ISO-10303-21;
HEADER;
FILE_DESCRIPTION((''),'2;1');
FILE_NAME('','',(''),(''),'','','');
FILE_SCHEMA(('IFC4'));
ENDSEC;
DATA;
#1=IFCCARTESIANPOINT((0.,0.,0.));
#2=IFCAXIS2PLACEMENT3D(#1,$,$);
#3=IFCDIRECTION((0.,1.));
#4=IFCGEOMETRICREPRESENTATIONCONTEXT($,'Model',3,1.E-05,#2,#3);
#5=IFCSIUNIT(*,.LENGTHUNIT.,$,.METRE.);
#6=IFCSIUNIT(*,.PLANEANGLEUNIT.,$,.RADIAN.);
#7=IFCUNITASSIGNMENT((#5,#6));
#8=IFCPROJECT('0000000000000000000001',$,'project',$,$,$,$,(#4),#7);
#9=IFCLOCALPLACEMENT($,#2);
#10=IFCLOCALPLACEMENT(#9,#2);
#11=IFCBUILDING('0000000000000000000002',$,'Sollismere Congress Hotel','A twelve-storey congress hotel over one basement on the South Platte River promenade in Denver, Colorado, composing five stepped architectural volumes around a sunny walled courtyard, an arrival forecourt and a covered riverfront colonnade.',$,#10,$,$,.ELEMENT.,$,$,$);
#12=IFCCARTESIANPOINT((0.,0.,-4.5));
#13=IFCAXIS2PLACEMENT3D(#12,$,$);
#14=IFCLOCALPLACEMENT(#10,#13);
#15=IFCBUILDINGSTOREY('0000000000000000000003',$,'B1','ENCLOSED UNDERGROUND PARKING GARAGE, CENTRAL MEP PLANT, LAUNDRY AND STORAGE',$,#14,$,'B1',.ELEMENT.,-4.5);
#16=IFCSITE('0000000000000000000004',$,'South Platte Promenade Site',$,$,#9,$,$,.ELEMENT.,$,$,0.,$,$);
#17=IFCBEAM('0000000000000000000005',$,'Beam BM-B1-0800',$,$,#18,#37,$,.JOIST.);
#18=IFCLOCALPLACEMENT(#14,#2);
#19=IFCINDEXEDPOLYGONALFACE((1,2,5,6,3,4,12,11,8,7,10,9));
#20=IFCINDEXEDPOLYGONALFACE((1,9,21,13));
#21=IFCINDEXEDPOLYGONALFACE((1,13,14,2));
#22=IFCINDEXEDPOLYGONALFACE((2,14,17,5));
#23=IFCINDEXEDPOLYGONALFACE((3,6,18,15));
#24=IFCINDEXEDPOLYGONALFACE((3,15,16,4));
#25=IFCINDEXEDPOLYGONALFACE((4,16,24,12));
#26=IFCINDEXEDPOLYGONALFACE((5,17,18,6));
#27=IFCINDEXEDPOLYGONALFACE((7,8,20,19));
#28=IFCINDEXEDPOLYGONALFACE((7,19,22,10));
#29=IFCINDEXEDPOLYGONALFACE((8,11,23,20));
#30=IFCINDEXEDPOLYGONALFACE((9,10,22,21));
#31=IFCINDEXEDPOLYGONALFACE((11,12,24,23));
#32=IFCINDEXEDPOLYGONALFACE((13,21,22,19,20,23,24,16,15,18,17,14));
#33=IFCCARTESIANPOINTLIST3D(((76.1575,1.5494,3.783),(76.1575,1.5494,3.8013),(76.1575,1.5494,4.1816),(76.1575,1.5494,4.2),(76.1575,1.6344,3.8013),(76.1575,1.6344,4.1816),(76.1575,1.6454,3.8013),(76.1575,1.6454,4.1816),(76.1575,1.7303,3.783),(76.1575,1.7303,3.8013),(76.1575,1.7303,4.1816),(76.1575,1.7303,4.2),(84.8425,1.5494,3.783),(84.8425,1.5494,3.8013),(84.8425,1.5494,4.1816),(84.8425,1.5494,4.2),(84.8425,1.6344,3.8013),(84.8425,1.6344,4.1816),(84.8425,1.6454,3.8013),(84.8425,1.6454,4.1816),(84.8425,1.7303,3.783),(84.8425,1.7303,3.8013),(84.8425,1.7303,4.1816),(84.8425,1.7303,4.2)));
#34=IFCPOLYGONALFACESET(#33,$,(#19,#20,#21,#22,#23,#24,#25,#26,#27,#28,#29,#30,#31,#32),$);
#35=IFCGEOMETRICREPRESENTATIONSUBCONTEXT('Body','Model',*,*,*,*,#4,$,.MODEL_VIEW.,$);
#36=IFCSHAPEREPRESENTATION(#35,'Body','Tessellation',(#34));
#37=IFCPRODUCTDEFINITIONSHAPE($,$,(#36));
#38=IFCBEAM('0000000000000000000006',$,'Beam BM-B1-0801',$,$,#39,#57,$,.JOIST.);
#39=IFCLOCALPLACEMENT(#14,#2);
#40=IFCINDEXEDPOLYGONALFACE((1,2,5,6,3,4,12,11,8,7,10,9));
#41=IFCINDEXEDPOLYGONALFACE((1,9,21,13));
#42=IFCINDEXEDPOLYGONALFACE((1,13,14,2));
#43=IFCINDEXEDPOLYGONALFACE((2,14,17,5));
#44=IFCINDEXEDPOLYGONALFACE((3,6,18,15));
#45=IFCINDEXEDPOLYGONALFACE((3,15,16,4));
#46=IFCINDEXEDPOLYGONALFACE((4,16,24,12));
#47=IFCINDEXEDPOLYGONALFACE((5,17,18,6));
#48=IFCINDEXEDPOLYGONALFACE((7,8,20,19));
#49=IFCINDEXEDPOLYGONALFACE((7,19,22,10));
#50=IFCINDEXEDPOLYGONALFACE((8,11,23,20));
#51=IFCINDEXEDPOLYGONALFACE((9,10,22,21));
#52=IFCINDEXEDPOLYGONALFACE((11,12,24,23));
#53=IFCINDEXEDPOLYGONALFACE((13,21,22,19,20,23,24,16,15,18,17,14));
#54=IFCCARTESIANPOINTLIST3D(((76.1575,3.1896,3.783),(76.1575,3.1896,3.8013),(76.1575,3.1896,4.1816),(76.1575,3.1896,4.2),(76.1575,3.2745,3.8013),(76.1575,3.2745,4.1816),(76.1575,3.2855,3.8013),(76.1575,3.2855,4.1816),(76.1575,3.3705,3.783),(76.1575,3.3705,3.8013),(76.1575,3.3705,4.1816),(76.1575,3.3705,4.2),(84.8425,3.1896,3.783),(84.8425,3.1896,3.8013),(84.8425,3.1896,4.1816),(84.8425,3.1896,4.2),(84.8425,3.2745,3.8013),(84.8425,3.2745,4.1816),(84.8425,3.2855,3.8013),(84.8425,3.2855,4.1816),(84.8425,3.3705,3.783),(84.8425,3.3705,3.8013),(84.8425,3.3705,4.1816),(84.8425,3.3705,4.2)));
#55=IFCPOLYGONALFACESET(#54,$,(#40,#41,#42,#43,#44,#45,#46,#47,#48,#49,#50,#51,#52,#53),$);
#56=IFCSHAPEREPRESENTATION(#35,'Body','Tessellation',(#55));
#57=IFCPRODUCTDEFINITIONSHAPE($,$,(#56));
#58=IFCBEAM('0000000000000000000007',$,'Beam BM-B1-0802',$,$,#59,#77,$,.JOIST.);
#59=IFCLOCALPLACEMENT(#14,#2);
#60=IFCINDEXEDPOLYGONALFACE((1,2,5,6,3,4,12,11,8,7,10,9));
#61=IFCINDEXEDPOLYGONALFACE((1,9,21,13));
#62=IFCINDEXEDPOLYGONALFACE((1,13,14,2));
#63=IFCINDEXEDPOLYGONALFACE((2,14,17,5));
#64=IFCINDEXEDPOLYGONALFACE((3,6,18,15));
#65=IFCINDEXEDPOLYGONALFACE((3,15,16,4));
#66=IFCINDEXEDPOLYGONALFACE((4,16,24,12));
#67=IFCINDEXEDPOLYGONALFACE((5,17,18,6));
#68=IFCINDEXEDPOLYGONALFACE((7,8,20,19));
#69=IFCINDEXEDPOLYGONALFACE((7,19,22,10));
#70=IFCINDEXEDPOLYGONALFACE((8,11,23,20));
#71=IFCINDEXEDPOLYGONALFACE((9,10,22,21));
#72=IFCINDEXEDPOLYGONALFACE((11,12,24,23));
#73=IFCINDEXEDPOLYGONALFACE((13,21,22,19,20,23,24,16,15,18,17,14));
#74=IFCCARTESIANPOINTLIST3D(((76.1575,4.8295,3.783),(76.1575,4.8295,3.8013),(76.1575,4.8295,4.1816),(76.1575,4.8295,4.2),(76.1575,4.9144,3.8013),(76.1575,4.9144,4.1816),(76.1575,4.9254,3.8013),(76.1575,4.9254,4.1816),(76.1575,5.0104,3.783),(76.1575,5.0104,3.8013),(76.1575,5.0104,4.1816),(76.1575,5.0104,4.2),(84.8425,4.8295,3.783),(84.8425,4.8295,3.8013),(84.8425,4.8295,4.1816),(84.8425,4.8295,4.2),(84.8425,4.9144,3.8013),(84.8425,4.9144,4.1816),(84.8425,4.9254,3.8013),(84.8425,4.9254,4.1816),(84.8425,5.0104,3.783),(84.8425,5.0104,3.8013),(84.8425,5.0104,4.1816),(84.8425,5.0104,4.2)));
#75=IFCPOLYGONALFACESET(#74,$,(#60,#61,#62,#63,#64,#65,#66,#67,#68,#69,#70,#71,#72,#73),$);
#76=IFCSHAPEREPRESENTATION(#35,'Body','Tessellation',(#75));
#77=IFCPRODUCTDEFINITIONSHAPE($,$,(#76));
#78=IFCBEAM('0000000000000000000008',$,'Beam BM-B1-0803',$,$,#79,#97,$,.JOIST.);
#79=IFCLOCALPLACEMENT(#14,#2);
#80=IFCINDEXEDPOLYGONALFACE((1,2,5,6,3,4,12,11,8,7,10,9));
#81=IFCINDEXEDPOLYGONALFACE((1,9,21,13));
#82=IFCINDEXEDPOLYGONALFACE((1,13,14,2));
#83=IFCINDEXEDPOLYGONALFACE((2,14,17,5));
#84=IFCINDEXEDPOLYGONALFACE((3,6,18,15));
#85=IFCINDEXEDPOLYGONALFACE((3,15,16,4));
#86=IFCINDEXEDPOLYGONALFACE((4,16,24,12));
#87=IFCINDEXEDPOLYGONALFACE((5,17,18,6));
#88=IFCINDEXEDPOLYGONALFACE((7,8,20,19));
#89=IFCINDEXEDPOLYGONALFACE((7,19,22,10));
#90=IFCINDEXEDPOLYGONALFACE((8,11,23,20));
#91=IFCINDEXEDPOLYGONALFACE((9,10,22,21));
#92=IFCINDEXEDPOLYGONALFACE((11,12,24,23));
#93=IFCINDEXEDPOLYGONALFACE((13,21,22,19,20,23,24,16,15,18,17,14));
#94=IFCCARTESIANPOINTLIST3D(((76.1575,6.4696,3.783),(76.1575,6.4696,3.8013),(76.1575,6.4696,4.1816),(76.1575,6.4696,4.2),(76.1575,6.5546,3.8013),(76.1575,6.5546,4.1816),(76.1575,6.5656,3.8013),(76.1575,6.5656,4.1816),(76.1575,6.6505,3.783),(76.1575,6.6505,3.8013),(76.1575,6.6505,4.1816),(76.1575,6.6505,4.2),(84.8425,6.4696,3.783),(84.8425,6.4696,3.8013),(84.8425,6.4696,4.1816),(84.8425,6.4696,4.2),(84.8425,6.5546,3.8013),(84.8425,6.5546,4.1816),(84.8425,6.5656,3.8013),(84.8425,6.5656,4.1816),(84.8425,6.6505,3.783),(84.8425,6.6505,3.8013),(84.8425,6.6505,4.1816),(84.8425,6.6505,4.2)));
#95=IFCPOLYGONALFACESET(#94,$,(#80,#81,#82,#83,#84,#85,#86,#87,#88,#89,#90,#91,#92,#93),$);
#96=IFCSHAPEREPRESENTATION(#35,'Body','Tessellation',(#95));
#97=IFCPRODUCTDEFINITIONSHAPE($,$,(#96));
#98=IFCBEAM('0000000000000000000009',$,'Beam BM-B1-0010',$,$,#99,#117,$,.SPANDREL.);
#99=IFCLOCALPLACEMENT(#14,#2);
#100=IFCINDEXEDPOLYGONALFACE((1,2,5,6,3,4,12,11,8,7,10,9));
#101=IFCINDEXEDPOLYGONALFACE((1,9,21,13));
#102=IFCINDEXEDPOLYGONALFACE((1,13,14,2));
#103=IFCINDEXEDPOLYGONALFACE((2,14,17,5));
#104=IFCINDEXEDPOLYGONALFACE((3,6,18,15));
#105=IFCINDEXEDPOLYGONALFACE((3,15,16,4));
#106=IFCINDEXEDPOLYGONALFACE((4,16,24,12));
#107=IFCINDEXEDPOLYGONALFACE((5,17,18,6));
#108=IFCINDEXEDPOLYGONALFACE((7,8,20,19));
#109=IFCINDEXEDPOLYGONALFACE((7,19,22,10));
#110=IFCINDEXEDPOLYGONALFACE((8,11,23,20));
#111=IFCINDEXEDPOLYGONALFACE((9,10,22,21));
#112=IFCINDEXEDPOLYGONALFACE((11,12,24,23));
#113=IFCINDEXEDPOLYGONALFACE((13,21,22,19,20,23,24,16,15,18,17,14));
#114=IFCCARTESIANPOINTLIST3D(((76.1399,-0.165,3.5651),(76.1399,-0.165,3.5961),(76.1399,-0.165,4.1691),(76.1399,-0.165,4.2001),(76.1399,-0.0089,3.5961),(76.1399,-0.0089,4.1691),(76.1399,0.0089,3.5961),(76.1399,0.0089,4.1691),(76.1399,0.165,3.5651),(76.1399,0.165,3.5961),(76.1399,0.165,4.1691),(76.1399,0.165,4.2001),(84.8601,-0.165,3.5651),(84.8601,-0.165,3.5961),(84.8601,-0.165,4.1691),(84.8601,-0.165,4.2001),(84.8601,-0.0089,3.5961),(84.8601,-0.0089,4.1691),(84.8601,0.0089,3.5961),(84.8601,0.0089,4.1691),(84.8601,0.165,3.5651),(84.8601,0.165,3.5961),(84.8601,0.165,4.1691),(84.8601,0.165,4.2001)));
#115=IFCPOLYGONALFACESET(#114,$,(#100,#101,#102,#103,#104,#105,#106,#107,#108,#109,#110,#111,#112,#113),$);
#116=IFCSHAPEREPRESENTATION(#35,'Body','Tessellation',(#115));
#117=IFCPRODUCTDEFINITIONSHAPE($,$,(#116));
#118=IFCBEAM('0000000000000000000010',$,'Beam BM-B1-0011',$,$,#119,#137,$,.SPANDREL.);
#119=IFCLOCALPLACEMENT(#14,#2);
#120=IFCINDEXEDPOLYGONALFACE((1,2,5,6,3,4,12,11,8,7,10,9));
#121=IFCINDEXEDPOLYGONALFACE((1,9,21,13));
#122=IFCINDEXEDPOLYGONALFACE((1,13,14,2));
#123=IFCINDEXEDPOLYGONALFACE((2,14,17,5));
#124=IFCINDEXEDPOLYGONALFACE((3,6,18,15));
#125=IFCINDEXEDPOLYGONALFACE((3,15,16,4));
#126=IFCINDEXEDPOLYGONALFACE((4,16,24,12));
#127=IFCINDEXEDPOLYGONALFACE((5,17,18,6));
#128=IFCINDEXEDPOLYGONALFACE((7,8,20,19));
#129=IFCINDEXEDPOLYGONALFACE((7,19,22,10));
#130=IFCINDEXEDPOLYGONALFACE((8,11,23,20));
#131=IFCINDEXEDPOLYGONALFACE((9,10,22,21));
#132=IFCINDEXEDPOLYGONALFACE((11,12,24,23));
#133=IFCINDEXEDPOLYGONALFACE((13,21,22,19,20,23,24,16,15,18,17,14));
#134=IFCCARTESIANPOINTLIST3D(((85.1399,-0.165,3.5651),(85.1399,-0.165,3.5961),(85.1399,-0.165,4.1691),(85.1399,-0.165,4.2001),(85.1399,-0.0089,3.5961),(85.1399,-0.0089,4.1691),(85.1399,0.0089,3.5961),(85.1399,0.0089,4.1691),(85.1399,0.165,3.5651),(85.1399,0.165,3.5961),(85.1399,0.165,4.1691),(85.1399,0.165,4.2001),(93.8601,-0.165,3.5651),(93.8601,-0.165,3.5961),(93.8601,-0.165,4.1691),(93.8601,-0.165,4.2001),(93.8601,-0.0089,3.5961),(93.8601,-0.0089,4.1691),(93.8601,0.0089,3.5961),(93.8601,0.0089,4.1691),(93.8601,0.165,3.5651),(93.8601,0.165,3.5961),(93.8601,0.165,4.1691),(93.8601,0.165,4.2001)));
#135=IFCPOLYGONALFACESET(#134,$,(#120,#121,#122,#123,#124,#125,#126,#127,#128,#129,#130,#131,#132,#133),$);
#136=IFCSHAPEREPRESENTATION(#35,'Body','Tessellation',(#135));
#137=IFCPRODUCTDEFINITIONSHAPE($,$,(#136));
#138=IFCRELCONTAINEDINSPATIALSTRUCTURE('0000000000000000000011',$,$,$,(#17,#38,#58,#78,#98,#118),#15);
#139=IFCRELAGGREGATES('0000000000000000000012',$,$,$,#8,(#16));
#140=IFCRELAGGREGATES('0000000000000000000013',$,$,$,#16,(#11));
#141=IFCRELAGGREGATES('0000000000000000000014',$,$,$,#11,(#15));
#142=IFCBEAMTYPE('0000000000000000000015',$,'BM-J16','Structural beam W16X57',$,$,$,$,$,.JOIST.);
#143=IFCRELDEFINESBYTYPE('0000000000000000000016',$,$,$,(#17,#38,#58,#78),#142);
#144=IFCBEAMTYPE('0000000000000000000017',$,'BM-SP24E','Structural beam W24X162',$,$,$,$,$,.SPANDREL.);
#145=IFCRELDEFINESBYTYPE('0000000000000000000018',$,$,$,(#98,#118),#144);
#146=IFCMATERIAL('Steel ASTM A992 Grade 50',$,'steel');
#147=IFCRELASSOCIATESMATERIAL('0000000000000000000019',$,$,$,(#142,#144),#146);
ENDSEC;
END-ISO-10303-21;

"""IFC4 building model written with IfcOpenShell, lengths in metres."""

from ifc_helpers import new_model, si_unit, direction, frame, origin, origin_2d, place, context, subcontext, project, spatial, i_section, extrude, material, material_profile, profile_set, type_object, element, save


model = new_model("IFC4")

# Units and contexts
model_context = context("Model", 3, precision=1e-05, world=origin(), true_north=direction((0.0, 1.0)))
body_context = subcontext(model_context, "Body", "Model", "MODEL_VIEW")
ifc_project = project(units=[si_unit("LENGTHUNIT", "METRE"), si_unit("PLANEANGLEUNIT", "RADIAN")], contexts=[model_context])

# Site, building, storey
site_placement = place(None, origin())
site = spatial("IfcSite", under=ifc_project, at=site_placement, Name="South Platte Promenade Site", CompositionType="ELEMENT", RefElevation=0.0)
building_placement = place(site_placement, origin())
building = spatial("IfcBuilding", under=site, at=building_placement, Name="Sollismere Congress Hotel", Description="A twelve-storey congress hotel over one basement on the South Platte River promenade in Denver, Colorado, composing five stepped architectural volumes around a sunny walled courtyard, an arrival forecourt and a covered riverfront colonnade.", CompositionType="ELEMENT")
storey_placement = place(building_placement, frame((0.0, 0.0, -4.5)))
storey = spatial("IfcBuildingStorey", under=building, at=storey_placement, Name="B1", Description="ENCLOSED UNDERGROUND PARKING GARAGE, CENTRAL MEP PLANT, LAUNDRY AND STORAGE", LongName="B1", CompositionType="ELEMENT", Elevation=-4.5)

# Beams
ifc_material_1 = material(Name="Steel ASTM A992 Grade 50", Category="steel")
ifc_material_profile_1 = material_profile(ifc_material_1, i_section(OverallWidth=0.1809, OverallDepth=0.417, WebThickness=0.011, FlangeThickness=0.0183, at=origin_2d()), Name="W16X57")
ifc_profile_set_1 = profile_set([ifc_material_profile_1], Name="Steel ASTM A992 Grade 50")
beam_type_1 = type_object("IfcBeamType", Name="BM-J16", Description="Structural beam W16X57", PredefinedType="JOIST", material=ifc_profile_set_1)
for number, where, z_axis, x_axis, name in (
    (1, (76.1575, 1.6399, 3.9915), (1.0, 0.0, 0.0), (0.0, 1.0, 0.0), "Beam BM-B1-0800"),
    (2, (76.1575, 3.28, 3.9915), (1.0, 0.0, 0.0), (0.0, 1.0, 0.0), "Beam BM-B1-0801"),
    (3, (76.1575, 4.9199, 3.9915), (1.0, 0.0, 0.0), (0.0, 1.0, 0.0), "Beam BM-B1-0802"),
    (4, (76.1575, 6.5601, 3.9915), (1.0, 0.0, 0.0), (0.0, 1.0, 0.0), "Beam BM-B1-0803"),
):
    element("IfcBeam", number, at=place(storey_placement, frame(where, z_axis=z_axis, x_axis=x_axis)), inside=storey, type_object=beam_type_1, Name=name, PredefinedType="JOIST", context=body_context, shape_type="SweptSolid", body=[
        extrude(i_section(OverallWidth=0.1809, OverallDepth=0.417, WebThickness=0.011, FlangeThickness=0.0183, at=origin_2d()), origin(), (0.0, 0.0, 1.0), 8.6851),
    ])
ifc_material_profile_2 = material_profile(ifc_material_1, i_section(OverallWidth=0.3301, OverallDepth=0.635, WebThickness=0.0178, FlangeThickness=0.031, at=origin_2d()), Name="W24X162")
ifc_profile_set_2 = profile_set([ifc_material_profile_2], Name="Steel ASTM A992 Grade 50")
beam_type_2 = type_object("IfcBeamType", Name="BM-SP24E", Description="Structural beam W24X162", PredefinedType="SPANDREL", material=ifc_profile_set_2)
for number, where, z_axis, x_axis, name in (
    (5, (76.1399, 0.0, 3.8826), (1.0, 0.0, 0.0), (0.0, 1.0, 0.0), "Beam BM-B1-0010"),
    (6, (85.1399, 0.0, 3.8826), (1.0, 0.0, 0.0), (0.0, 1.0, 0.0), "Beam BM-B1-0011"),
):
    element("IfcBeam", number, at=place(storey_placement, frame(where, z_axis=z_axis, x_axis=x_axis)), inside=storey, type_object=beam_type_2, Name=name, PredefinedType="SPANDREL", context=body_context, shape_type="SweptSolid", body=[
        extrude(i_section(OverallWidth=0.3301, OverallDepth=0.635, WebThickness=0.0178, FlangeThickness=0.031, at=origin_2d()), origin(), (0.0, 0.0, 1.0), 8.7202),
    ])

save(model, "model.ifc")
